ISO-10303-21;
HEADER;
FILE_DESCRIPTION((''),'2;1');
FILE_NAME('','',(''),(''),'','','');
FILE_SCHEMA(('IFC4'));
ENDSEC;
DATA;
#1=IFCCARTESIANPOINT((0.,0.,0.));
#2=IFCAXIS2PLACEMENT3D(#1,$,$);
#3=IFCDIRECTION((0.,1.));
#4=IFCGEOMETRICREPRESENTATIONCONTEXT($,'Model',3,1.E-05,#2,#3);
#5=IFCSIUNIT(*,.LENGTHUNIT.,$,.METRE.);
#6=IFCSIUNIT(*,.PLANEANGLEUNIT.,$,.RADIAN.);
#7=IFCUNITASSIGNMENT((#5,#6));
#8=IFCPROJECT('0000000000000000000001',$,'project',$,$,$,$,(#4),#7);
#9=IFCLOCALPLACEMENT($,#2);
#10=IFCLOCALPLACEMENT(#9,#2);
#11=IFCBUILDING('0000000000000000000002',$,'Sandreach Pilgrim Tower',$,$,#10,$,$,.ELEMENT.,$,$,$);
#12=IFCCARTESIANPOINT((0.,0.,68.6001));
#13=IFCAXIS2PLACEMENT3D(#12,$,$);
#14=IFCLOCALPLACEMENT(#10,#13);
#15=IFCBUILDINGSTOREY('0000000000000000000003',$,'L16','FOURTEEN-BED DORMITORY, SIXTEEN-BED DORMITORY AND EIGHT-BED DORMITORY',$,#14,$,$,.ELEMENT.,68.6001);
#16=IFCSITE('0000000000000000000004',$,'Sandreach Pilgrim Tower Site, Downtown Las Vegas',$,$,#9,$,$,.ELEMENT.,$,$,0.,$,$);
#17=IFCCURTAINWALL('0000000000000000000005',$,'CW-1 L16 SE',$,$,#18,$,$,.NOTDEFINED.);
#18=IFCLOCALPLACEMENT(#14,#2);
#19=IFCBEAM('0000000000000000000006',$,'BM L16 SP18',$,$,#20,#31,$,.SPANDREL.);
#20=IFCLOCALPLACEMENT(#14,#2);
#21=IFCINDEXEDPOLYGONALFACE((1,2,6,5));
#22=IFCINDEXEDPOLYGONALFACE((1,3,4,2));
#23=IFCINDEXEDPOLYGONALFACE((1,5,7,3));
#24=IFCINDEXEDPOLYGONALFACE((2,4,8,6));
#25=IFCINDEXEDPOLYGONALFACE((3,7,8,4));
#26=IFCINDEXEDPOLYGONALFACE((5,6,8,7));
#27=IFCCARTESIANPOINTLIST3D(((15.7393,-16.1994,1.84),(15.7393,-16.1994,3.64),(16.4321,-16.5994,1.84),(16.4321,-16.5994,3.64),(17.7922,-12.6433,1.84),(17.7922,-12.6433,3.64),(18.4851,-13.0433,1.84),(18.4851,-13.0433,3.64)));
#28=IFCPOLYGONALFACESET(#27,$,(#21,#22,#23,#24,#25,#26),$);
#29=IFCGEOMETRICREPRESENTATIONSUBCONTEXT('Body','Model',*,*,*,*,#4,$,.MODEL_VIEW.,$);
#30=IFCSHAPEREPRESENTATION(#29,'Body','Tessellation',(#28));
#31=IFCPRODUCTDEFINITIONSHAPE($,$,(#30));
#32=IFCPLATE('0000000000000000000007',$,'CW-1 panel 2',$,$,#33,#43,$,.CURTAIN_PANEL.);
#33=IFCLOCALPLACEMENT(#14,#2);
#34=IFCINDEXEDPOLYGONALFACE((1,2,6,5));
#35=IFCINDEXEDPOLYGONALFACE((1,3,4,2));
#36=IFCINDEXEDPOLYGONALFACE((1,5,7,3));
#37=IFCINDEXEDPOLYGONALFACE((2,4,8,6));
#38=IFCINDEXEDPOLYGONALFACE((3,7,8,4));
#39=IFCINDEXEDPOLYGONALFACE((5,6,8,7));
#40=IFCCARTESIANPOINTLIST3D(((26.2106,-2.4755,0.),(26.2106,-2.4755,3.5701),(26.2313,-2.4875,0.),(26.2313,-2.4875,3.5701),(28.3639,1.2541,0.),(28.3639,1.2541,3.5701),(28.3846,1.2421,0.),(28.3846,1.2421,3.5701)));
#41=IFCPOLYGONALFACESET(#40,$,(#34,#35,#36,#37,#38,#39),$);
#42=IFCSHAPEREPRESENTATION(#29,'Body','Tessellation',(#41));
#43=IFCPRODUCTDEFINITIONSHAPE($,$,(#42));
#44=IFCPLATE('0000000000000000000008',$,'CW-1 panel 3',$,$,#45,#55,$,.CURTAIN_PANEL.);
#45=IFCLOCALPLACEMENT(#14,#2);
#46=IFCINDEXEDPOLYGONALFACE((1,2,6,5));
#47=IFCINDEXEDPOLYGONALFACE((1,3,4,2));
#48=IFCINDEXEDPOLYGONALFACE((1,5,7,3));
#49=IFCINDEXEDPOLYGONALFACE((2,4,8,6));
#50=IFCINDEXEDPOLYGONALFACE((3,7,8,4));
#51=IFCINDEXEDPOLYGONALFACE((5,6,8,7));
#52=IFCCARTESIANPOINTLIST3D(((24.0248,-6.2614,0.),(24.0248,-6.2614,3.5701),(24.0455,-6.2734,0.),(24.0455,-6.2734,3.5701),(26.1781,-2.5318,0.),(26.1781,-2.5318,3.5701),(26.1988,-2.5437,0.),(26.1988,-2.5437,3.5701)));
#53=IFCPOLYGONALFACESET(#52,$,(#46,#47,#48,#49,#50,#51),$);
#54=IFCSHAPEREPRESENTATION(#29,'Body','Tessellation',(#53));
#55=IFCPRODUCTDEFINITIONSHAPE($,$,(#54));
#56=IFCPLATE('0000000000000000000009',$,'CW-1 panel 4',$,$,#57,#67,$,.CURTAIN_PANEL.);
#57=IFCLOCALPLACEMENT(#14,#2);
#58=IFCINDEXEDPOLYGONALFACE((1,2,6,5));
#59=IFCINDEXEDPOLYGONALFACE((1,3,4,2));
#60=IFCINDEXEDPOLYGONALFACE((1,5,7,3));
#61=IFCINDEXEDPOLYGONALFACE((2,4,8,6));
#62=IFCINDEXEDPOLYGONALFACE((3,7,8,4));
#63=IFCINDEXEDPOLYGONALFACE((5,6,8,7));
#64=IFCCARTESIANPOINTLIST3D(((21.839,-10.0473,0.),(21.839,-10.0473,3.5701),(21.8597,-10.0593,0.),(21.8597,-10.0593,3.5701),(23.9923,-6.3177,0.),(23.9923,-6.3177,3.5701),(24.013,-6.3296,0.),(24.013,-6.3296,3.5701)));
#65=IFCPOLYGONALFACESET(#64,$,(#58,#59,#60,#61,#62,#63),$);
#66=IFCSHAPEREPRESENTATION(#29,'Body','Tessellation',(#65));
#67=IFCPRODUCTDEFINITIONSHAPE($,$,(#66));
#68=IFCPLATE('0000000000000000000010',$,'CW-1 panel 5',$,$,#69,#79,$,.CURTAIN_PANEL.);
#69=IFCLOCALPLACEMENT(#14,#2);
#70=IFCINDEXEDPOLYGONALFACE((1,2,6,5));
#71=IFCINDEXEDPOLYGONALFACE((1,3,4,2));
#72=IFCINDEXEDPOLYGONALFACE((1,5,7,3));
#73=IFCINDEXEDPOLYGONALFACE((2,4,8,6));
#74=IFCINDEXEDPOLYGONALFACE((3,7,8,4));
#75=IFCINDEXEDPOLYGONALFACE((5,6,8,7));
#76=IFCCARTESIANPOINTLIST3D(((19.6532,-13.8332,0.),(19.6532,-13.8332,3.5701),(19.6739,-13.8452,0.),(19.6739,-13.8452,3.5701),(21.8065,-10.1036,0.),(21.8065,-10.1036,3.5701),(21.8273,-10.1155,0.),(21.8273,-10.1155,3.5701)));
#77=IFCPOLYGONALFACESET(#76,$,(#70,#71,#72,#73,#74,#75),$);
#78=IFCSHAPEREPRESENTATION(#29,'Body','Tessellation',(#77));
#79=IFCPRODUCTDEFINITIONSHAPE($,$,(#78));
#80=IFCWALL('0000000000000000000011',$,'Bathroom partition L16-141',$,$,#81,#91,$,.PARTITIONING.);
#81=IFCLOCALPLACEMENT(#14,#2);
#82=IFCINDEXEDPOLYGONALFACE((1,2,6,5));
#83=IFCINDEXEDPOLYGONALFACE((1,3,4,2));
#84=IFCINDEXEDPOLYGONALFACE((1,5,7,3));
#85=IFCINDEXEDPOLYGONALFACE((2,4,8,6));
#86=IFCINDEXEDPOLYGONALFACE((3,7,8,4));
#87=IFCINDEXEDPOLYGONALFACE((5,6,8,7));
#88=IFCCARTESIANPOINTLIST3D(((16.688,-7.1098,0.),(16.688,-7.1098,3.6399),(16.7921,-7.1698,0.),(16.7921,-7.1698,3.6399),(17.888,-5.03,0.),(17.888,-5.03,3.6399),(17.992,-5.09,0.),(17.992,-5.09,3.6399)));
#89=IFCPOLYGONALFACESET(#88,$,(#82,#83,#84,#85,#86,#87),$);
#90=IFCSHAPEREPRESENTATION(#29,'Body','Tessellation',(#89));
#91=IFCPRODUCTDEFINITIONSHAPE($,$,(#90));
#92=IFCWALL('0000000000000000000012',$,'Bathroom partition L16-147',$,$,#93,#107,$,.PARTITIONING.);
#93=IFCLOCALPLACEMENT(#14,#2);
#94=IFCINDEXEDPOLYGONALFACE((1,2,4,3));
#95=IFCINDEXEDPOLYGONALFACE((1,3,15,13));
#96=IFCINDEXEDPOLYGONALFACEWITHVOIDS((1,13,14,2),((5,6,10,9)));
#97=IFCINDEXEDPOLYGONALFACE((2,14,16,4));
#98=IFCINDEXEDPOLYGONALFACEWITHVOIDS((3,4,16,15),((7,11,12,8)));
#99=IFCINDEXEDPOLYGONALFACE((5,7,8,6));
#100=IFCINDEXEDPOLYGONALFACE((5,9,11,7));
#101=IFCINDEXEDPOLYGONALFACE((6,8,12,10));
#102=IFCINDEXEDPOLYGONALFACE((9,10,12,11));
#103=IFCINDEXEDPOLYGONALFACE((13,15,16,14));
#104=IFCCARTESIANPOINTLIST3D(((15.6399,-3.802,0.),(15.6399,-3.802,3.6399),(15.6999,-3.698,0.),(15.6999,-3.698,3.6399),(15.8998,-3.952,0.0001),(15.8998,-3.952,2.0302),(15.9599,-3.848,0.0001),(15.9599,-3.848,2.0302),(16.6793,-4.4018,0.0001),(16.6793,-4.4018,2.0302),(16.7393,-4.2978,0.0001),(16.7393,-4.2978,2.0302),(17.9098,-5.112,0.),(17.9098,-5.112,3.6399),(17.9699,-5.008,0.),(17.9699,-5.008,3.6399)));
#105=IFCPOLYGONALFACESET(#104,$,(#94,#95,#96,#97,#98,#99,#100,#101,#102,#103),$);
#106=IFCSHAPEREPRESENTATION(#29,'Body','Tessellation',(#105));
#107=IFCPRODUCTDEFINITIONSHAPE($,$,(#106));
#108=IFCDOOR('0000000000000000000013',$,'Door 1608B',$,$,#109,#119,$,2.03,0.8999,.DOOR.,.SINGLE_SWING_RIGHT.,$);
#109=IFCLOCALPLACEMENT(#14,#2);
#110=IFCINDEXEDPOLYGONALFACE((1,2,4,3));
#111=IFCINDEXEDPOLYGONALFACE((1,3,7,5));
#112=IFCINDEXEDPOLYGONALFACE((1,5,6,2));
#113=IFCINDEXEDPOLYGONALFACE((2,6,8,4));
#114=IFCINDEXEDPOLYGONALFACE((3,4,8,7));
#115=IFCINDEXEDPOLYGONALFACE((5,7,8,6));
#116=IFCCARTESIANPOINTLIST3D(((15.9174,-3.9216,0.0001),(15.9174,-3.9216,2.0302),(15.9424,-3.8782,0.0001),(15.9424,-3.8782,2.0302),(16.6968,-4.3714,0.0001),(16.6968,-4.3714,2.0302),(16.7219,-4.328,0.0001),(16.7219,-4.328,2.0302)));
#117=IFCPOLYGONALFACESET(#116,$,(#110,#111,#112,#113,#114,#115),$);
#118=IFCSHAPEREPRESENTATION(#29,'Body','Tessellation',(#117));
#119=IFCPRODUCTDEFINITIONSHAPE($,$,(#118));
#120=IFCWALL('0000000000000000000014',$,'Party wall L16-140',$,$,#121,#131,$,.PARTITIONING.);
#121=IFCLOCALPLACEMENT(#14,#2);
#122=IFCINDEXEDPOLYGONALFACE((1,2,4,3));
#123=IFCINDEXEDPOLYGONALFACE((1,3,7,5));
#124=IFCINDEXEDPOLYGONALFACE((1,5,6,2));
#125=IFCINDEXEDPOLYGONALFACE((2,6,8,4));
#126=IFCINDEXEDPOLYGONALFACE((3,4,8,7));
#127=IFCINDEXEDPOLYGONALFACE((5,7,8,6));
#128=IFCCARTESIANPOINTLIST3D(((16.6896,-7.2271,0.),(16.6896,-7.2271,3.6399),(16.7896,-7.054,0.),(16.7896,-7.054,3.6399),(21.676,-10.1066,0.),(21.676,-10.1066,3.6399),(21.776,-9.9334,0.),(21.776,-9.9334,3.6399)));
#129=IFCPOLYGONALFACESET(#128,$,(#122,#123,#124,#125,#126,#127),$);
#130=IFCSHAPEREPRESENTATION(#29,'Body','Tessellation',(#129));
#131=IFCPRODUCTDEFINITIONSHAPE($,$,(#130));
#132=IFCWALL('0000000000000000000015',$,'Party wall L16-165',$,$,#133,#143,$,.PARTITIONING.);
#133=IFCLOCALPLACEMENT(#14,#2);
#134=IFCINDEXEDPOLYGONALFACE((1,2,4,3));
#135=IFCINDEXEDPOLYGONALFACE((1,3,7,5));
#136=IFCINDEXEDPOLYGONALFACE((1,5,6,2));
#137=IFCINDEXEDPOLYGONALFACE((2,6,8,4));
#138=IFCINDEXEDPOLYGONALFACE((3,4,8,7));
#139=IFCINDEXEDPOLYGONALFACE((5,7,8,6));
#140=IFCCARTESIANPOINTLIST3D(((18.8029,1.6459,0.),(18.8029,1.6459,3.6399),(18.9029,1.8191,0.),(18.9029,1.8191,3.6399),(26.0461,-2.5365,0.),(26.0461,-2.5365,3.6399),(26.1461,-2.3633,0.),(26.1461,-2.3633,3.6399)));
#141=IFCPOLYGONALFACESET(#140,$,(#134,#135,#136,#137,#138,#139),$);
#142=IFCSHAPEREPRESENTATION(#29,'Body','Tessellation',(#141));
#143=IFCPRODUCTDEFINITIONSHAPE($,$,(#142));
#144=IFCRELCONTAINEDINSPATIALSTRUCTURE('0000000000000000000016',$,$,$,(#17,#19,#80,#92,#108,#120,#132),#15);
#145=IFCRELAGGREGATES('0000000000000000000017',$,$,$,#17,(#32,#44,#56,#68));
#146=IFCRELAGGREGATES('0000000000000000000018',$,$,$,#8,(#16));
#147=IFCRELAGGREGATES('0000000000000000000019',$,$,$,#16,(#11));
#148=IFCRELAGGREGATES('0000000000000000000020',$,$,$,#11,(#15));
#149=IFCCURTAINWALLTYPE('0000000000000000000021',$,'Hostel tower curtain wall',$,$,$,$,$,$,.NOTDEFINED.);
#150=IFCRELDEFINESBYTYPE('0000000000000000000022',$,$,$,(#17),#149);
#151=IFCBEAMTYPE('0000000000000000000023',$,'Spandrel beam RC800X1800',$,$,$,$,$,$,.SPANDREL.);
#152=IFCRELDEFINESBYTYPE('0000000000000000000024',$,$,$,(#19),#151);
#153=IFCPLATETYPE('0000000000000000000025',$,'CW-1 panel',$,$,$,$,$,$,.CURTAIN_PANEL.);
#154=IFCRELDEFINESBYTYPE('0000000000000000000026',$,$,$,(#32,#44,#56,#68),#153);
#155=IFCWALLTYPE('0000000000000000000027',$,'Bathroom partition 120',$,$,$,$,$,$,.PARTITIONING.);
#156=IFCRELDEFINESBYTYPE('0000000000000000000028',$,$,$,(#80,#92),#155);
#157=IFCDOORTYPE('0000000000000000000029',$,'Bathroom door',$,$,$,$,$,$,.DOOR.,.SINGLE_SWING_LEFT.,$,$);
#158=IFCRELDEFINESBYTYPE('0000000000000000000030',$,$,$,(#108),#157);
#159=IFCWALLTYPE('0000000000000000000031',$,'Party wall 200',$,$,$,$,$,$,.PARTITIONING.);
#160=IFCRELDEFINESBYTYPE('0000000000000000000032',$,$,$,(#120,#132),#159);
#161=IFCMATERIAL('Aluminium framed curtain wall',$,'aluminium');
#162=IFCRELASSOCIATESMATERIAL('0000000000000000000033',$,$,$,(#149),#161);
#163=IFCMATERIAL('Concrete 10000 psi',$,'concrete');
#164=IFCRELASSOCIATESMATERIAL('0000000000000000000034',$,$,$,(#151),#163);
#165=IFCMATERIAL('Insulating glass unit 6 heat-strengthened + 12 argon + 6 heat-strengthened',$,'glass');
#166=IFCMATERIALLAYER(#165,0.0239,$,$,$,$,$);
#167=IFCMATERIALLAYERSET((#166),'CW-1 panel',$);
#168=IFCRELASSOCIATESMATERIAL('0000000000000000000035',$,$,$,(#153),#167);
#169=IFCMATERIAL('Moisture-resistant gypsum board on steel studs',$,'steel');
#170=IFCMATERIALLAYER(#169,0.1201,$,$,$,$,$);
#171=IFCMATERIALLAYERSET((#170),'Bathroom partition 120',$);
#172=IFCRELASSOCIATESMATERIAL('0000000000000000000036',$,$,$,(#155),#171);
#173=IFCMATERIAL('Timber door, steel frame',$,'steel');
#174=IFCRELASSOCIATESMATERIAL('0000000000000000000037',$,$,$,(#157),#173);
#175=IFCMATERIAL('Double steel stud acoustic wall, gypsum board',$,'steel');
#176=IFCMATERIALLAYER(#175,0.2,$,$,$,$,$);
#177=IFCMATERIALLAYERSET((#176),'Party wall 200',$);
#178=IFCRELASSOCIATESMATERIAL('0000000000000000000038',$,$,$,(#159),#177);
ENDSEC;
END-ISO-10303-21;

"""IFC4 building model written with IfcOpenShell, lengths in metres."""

from ifc_helpers import new_model, si_unit, direction, frame, frame_2d, origin, origin_2d, place, context, subcontext, project, spatial, rectangle, extrude, material, layer, layer_set, material_profile, profile_set, type_object, element, fill, aggregate, save


model = new_model("IFC4")

# Units and contexts
model_context = context("Model", 3, precision=1e-05, world=origin(), true_north=direction((0.0, 1.0)))
body_context = subcontext(model_context, "Body", "Model", "MODEL_VIEW")
ifc_project = project(units=[si_unit("LENGTHUNIT", "METRE"), si_unit("PLANEANGLEUNIT", "RADIAN")], contexts=[model_context])

# Site, building, storey
site_placement = place(None, origin())
site = spatial("IfcSite", under=ifc_project, at=site_placement, Name="Sandreach Pilgrim Tower Site, Downtown Las Vegas", CompositionType="ELEMENT", RefElevation=0.0)
building_placement = place(site_placement, origin())
building = spatial("IfcBuilding", under=site, at=building_placement, Name="Sandreach Pilgrim Tower", CompositionType="ELEMENT")
storey_placement = place(building_placement, frame((0.0, 0.0, 68.6001)))
storey = spatial("IfcBuildingStorey", under=building, at=storey_placement, Name="L16", Description="FOURTEEN-BED DORMITORY, SIXTEEN-BED DORMITORY AND EIGHT-BED DORMITORY", CompositionType="ELEMENT", Elevation=68.6001)

# Curtain wall
ifc_material_1 = material(Name="Aluminium framed curtain wall", Category="aluminium")
curtain_wall_type = type_object("IfcCurtainWallType", Name="Hostel tower curtain wall", PredefinedType="NOTDEFINED", material=ifc_material_1)
curtain_wall_placement = place(storey_placement, origin())
curtain_wall = element("IfcCurtainWall", 1, at=curtain_wall_placement, inside=storey, type_object=curtain_wall_type, Name="CW-1 L16 SE", PredefinedType="NOTDEFINED")

# Beam
ifc_material_2 = material(Name="Concrete 10000 psi", Category="concrete")
ifc_material_profile_1 = material_profile(ifc_material_2, rectangle(XDim=0.8, YDim=1.8, at=origin_2d()), Name="RC800X1800")
ifc_profile_set_1 = profile_set([ifc_material_profile_1], Name="Concrete 10000 psi")
beam_type_1 = type_object("IfcBeamType", Name="Spandrel beam RC800X1800", PredefinedType="SPANDREL", material=ifc_profile_set_1)
beam_1_placement = place(storey_placement, frame((18.1387, -12.8433, 2.74), z_axis=(-0.499969, -0.866043, 0.0), x_axis=(0.866043, -0.499969, 0.0)))
element("IfcBeam", 2, at=beam_1_placement, inside=storey, type_object=beam_type_1, Name="BM L16 SP18", PredefinedType="SPANDREL", context=body_context, shape_type="SweptSolid", body=[
    extrude(rectangle(XDim=0.8, YDim=1.8, at=origin_2d()), origin(), (0.0, 0.0, 1.0), 4.1062),
])

# Plates
ifc_material_3 = material(Name="Insulating glass unit 6 heat-strengthened + 12 argon + 6 heat-strengthened", Category="glass")
ifc_layer_1 = layer(ifc_material_3, 0.0239)
ifc_layer_set_1 = layer_set([ifc_layer_1], Name="CW-1 panel")
plate_type = type_object("IfcPlateType", Name="CW-1 panel", PredefinedType="CURTAIN_PANEL", material=ifc_layer_set_1)
plate_1_placement = place(storey_placement, frame((27.2976, -0.6167, 0.0), z_axis=(0.0, 0.0, 1.0), x_axis=(-0.5, -0.866025, 0.0)))
plate_1 = element("IfcPlate", 3, at=plate_1_placement, type_object=plate_type, Name="CW-1 panel 2", PredefinedType="CURTAIN_PANEL", context=body_context, shape_type="SweptSolid", body=[
    extrude(rectangle(XDim=4.3066, YDim=0.0239, at=origin_2d()), origin(), (0.0, 0.0, 1.0), 3.5701),
])
plate_2_placement = place(storey_placement, frame((25.1118, -4.4026, 0.0), z_axis=(0.0, 0.0, 1.0), x_axis=(-0.5, -0.866025, 0.0)))
plate_2 = element("IfcPlate", 4, at=plate_2_placement, type_object=plate_type, Name="CW-1 panel 3", PredefinedType="CURTAIN_PANEL", context=body_context, shape_type="SweptSolid", body=[
    extrude(rectangle(XDim=4.3066, YDim=0.0239, at=origin_2d()), origin(), (0.0, 0.0, 1.0), 3.5701),
])
plate_3_placement = place(storey_placement, frame((22.926, -8.1885, 0.0), z_axis=(0.0, 0.0, 1.0), x_axis=(-0.5, -0.866025, 0.0)))
plate_3 = element("IfcPlate", 5, at=plate_3_placement, type_object=plate_type, Name="CW-1 panel 4", PredefinedType="CURTAIN_PANEL", context=body_context, shape_type="SweptSolid", body=[
    extrude(rectangle(XDim=4.3066, YDim=0.0239, at=origin_2d()), origin(), (0.0, 0.0, 1.0), 3.5701),
])
plate_4_placement = place(storey_placement, frame((20.7402, -11.9744, 0.0), z_axis=(0.0, 0.0, 1.0), x_axis=(-0.5, -0.866025, 0.0)))
plate_4 = element("IfcPlate", 6, at=plate_4_placement, type_object=plate_type, Name="CW-1 panel 5", PredefinedType="CURTAIN_PANEL", context=body_context, shape_type="SweptSolid", body=[
    extrude(rectangle(XDim=4.3066, YDim=0.0239, at=origin_2d()), origin(), (0.0, 0.0, 1.0), 3.5701),
])
aggregate(curtain_wall, [plate_1, plate_2, plate_3, plate_4])

# Wall
ifc_material_4 = material(Name="Moisture-resistant gypsum board on steel studs", Category="steel")
ifc_layer_2 = layer(ifc_material_4, 0.1201)
ifc_layer_set_2 = layer_set([ifc_layer_2], Name="Bathroom partition 120")
wall_type_1 = type_object("IfcWallType", Name="Bathroom partition 120", PredefinedType="PARTITIONING", material=ifc_layer_set_2)
wall_1_placement = place(storey_placement, frame((16.74, -7.1399, 0.0), z_axis=(0.0, 0.0, 1.0), x_axis=(0.499737, 0.866177, 0.0)))
element("IfcWall", 7, at=wall_1_placement, inside=storey, type_object=wall_type_1, Name="Bathroom partition L16-141", PredefinedType="PARTITIONING", context=body_context, shape_type="SweptSolid", body=[
    extrude(rectangle(XDim=2.4011, YDim=0.1201, at=frame_2d((1.2007, 0.0))), origin(), (0.0, 0.0, 1.0), 3.6399),
])

# Wall, opening, door
wall_2_placement = place(storey_placement, frame((17.9399, -5.0601, 0.0), z_axis=(0.0, 0.0, 1.0), x_axis=(-0.866114, 0.499846, 0.0)))
wall_2 = element("IfcWall", 8, at=wall_2_placement, inside=storey, type_object=wall_type_1, Name="Bathroom partition L16-147", PredefinedType="PARTITIONING", context=body_context, shape_type="SweptSolid", body=[
    extrude(rectangle(XDim=2.6208, YDim=0.1201, at=frame_2d((1.3105, 0.0))), origin(), (0.0, 0.0, 1.0), 3.6399),
])
opening_1_placement = place(wall_2_placement, frame((1.4209, 0.0, 0.0)))
opening_1 = element("IfcOpeningElement", 9, at=opening_1_placement, cuts=wall_2, PredefinedType="OPENING", context=body_context, shape_type="SweptSolid", body=[
    extrude(rectangle(XDim=0.8999, YDim=2.03, at=frame_2d((0.45, 1.0151))), frame((0.0, 0.0601, 0.0), z_axis=(0.0, -1.0, 0.0), x_axis=(1.0, 0.0, 0.0)), (0.0, 0.0, 1.0), 0.1201),
])
ifc_material_5 = material(Name="Timber door, steel frame", Category="steel")
door_type_1 = type_object("IfcDoorType", Name="Bathroom door", OperationType="SINGLE_SWING_LEFT", PredefinedType="DOOR", material=ifc_material_5)
door_1_placement = place(opening_1_placement, origin())
door_1 = element("IfcDoor", 10, at=door_1_placement, inside=storey, type_object=door_type_1, Name="Door 1608B", OperationType="SINGLE_SWING_RIGHT", OverallHeight=2.03, OverallWidth=0.8999, PredefinedType="DOOR", context=body_context, shape_type="SweptSolid", body=[
    extrude(rectangle(XDim=0.8999, YDim=2.03, at=frame_2d((0.45, 1.0151))), frame((0.0, 0.0249, 0.0), z_axis=(0.0, -1.0, 0.0), x_axis=(1.0, 0.0, 0.0)), (0.0, 0.0, 1.0), 0.05),
])
fill(opening_1, door_1)

# Walls
ifc_material_6 = material(Name="Double steel stud acoustic wall, gypsum board", Category="steel")
ifc_layer_3 = layer(ifc_material_6, 0.2)
ifc_layer_set_3 = layer_set([ifc_layer_3], Name="Party wall 200")
wall_type_2 = type_object("IfcWallType", Name="Party wall 200", PredefinedType="PARTITIONING", material=ifc_layer_set_3)
wall_3_placement = place(storey_placement, frame((16.7397, -7.1406, 0.0), z_axis=(0.0, 0.0, 1.0), x_axis=(0.865985, -0.50007, 0.0)))
element("IfcWall", 11, at=wall_3_placement, inside=storey, type_object=wall_type_2, Name="Party wall L16-140", PredefinedType="PARTITIONING", context=body_context, shape_type="SweptSolid", body=[
    extrude(rectangle(XDim=5.7581, YDim=0.2, at=frame_2d((2.8789, 0.0))), origin(), (0.0, 0.0, 1.0), 3.6399),
])
wall_4_placement = place(storey_placement, frame((26.0962, -2.45, 0.0), z_axis=(0.0, 0.0, 1.0), x_axis=(-0.865998, 0.500048, 0.0)))
element("IfcWall", 12, at=wall_4_placement, inside=storey, type_object=wall_type_2, Name="Party wall L16-165", PredefinedType="PARTITIONING", context=body_context, shape_type="SweptSolid", body=[
    extrude(rectangle(XDim=8.364, YDim=0.2, at=frame_2d((4.1821, 0.0))), origin(), (0.0, 0.0, 1.0), 3.6399),
])

save(model, "model.ifc")
